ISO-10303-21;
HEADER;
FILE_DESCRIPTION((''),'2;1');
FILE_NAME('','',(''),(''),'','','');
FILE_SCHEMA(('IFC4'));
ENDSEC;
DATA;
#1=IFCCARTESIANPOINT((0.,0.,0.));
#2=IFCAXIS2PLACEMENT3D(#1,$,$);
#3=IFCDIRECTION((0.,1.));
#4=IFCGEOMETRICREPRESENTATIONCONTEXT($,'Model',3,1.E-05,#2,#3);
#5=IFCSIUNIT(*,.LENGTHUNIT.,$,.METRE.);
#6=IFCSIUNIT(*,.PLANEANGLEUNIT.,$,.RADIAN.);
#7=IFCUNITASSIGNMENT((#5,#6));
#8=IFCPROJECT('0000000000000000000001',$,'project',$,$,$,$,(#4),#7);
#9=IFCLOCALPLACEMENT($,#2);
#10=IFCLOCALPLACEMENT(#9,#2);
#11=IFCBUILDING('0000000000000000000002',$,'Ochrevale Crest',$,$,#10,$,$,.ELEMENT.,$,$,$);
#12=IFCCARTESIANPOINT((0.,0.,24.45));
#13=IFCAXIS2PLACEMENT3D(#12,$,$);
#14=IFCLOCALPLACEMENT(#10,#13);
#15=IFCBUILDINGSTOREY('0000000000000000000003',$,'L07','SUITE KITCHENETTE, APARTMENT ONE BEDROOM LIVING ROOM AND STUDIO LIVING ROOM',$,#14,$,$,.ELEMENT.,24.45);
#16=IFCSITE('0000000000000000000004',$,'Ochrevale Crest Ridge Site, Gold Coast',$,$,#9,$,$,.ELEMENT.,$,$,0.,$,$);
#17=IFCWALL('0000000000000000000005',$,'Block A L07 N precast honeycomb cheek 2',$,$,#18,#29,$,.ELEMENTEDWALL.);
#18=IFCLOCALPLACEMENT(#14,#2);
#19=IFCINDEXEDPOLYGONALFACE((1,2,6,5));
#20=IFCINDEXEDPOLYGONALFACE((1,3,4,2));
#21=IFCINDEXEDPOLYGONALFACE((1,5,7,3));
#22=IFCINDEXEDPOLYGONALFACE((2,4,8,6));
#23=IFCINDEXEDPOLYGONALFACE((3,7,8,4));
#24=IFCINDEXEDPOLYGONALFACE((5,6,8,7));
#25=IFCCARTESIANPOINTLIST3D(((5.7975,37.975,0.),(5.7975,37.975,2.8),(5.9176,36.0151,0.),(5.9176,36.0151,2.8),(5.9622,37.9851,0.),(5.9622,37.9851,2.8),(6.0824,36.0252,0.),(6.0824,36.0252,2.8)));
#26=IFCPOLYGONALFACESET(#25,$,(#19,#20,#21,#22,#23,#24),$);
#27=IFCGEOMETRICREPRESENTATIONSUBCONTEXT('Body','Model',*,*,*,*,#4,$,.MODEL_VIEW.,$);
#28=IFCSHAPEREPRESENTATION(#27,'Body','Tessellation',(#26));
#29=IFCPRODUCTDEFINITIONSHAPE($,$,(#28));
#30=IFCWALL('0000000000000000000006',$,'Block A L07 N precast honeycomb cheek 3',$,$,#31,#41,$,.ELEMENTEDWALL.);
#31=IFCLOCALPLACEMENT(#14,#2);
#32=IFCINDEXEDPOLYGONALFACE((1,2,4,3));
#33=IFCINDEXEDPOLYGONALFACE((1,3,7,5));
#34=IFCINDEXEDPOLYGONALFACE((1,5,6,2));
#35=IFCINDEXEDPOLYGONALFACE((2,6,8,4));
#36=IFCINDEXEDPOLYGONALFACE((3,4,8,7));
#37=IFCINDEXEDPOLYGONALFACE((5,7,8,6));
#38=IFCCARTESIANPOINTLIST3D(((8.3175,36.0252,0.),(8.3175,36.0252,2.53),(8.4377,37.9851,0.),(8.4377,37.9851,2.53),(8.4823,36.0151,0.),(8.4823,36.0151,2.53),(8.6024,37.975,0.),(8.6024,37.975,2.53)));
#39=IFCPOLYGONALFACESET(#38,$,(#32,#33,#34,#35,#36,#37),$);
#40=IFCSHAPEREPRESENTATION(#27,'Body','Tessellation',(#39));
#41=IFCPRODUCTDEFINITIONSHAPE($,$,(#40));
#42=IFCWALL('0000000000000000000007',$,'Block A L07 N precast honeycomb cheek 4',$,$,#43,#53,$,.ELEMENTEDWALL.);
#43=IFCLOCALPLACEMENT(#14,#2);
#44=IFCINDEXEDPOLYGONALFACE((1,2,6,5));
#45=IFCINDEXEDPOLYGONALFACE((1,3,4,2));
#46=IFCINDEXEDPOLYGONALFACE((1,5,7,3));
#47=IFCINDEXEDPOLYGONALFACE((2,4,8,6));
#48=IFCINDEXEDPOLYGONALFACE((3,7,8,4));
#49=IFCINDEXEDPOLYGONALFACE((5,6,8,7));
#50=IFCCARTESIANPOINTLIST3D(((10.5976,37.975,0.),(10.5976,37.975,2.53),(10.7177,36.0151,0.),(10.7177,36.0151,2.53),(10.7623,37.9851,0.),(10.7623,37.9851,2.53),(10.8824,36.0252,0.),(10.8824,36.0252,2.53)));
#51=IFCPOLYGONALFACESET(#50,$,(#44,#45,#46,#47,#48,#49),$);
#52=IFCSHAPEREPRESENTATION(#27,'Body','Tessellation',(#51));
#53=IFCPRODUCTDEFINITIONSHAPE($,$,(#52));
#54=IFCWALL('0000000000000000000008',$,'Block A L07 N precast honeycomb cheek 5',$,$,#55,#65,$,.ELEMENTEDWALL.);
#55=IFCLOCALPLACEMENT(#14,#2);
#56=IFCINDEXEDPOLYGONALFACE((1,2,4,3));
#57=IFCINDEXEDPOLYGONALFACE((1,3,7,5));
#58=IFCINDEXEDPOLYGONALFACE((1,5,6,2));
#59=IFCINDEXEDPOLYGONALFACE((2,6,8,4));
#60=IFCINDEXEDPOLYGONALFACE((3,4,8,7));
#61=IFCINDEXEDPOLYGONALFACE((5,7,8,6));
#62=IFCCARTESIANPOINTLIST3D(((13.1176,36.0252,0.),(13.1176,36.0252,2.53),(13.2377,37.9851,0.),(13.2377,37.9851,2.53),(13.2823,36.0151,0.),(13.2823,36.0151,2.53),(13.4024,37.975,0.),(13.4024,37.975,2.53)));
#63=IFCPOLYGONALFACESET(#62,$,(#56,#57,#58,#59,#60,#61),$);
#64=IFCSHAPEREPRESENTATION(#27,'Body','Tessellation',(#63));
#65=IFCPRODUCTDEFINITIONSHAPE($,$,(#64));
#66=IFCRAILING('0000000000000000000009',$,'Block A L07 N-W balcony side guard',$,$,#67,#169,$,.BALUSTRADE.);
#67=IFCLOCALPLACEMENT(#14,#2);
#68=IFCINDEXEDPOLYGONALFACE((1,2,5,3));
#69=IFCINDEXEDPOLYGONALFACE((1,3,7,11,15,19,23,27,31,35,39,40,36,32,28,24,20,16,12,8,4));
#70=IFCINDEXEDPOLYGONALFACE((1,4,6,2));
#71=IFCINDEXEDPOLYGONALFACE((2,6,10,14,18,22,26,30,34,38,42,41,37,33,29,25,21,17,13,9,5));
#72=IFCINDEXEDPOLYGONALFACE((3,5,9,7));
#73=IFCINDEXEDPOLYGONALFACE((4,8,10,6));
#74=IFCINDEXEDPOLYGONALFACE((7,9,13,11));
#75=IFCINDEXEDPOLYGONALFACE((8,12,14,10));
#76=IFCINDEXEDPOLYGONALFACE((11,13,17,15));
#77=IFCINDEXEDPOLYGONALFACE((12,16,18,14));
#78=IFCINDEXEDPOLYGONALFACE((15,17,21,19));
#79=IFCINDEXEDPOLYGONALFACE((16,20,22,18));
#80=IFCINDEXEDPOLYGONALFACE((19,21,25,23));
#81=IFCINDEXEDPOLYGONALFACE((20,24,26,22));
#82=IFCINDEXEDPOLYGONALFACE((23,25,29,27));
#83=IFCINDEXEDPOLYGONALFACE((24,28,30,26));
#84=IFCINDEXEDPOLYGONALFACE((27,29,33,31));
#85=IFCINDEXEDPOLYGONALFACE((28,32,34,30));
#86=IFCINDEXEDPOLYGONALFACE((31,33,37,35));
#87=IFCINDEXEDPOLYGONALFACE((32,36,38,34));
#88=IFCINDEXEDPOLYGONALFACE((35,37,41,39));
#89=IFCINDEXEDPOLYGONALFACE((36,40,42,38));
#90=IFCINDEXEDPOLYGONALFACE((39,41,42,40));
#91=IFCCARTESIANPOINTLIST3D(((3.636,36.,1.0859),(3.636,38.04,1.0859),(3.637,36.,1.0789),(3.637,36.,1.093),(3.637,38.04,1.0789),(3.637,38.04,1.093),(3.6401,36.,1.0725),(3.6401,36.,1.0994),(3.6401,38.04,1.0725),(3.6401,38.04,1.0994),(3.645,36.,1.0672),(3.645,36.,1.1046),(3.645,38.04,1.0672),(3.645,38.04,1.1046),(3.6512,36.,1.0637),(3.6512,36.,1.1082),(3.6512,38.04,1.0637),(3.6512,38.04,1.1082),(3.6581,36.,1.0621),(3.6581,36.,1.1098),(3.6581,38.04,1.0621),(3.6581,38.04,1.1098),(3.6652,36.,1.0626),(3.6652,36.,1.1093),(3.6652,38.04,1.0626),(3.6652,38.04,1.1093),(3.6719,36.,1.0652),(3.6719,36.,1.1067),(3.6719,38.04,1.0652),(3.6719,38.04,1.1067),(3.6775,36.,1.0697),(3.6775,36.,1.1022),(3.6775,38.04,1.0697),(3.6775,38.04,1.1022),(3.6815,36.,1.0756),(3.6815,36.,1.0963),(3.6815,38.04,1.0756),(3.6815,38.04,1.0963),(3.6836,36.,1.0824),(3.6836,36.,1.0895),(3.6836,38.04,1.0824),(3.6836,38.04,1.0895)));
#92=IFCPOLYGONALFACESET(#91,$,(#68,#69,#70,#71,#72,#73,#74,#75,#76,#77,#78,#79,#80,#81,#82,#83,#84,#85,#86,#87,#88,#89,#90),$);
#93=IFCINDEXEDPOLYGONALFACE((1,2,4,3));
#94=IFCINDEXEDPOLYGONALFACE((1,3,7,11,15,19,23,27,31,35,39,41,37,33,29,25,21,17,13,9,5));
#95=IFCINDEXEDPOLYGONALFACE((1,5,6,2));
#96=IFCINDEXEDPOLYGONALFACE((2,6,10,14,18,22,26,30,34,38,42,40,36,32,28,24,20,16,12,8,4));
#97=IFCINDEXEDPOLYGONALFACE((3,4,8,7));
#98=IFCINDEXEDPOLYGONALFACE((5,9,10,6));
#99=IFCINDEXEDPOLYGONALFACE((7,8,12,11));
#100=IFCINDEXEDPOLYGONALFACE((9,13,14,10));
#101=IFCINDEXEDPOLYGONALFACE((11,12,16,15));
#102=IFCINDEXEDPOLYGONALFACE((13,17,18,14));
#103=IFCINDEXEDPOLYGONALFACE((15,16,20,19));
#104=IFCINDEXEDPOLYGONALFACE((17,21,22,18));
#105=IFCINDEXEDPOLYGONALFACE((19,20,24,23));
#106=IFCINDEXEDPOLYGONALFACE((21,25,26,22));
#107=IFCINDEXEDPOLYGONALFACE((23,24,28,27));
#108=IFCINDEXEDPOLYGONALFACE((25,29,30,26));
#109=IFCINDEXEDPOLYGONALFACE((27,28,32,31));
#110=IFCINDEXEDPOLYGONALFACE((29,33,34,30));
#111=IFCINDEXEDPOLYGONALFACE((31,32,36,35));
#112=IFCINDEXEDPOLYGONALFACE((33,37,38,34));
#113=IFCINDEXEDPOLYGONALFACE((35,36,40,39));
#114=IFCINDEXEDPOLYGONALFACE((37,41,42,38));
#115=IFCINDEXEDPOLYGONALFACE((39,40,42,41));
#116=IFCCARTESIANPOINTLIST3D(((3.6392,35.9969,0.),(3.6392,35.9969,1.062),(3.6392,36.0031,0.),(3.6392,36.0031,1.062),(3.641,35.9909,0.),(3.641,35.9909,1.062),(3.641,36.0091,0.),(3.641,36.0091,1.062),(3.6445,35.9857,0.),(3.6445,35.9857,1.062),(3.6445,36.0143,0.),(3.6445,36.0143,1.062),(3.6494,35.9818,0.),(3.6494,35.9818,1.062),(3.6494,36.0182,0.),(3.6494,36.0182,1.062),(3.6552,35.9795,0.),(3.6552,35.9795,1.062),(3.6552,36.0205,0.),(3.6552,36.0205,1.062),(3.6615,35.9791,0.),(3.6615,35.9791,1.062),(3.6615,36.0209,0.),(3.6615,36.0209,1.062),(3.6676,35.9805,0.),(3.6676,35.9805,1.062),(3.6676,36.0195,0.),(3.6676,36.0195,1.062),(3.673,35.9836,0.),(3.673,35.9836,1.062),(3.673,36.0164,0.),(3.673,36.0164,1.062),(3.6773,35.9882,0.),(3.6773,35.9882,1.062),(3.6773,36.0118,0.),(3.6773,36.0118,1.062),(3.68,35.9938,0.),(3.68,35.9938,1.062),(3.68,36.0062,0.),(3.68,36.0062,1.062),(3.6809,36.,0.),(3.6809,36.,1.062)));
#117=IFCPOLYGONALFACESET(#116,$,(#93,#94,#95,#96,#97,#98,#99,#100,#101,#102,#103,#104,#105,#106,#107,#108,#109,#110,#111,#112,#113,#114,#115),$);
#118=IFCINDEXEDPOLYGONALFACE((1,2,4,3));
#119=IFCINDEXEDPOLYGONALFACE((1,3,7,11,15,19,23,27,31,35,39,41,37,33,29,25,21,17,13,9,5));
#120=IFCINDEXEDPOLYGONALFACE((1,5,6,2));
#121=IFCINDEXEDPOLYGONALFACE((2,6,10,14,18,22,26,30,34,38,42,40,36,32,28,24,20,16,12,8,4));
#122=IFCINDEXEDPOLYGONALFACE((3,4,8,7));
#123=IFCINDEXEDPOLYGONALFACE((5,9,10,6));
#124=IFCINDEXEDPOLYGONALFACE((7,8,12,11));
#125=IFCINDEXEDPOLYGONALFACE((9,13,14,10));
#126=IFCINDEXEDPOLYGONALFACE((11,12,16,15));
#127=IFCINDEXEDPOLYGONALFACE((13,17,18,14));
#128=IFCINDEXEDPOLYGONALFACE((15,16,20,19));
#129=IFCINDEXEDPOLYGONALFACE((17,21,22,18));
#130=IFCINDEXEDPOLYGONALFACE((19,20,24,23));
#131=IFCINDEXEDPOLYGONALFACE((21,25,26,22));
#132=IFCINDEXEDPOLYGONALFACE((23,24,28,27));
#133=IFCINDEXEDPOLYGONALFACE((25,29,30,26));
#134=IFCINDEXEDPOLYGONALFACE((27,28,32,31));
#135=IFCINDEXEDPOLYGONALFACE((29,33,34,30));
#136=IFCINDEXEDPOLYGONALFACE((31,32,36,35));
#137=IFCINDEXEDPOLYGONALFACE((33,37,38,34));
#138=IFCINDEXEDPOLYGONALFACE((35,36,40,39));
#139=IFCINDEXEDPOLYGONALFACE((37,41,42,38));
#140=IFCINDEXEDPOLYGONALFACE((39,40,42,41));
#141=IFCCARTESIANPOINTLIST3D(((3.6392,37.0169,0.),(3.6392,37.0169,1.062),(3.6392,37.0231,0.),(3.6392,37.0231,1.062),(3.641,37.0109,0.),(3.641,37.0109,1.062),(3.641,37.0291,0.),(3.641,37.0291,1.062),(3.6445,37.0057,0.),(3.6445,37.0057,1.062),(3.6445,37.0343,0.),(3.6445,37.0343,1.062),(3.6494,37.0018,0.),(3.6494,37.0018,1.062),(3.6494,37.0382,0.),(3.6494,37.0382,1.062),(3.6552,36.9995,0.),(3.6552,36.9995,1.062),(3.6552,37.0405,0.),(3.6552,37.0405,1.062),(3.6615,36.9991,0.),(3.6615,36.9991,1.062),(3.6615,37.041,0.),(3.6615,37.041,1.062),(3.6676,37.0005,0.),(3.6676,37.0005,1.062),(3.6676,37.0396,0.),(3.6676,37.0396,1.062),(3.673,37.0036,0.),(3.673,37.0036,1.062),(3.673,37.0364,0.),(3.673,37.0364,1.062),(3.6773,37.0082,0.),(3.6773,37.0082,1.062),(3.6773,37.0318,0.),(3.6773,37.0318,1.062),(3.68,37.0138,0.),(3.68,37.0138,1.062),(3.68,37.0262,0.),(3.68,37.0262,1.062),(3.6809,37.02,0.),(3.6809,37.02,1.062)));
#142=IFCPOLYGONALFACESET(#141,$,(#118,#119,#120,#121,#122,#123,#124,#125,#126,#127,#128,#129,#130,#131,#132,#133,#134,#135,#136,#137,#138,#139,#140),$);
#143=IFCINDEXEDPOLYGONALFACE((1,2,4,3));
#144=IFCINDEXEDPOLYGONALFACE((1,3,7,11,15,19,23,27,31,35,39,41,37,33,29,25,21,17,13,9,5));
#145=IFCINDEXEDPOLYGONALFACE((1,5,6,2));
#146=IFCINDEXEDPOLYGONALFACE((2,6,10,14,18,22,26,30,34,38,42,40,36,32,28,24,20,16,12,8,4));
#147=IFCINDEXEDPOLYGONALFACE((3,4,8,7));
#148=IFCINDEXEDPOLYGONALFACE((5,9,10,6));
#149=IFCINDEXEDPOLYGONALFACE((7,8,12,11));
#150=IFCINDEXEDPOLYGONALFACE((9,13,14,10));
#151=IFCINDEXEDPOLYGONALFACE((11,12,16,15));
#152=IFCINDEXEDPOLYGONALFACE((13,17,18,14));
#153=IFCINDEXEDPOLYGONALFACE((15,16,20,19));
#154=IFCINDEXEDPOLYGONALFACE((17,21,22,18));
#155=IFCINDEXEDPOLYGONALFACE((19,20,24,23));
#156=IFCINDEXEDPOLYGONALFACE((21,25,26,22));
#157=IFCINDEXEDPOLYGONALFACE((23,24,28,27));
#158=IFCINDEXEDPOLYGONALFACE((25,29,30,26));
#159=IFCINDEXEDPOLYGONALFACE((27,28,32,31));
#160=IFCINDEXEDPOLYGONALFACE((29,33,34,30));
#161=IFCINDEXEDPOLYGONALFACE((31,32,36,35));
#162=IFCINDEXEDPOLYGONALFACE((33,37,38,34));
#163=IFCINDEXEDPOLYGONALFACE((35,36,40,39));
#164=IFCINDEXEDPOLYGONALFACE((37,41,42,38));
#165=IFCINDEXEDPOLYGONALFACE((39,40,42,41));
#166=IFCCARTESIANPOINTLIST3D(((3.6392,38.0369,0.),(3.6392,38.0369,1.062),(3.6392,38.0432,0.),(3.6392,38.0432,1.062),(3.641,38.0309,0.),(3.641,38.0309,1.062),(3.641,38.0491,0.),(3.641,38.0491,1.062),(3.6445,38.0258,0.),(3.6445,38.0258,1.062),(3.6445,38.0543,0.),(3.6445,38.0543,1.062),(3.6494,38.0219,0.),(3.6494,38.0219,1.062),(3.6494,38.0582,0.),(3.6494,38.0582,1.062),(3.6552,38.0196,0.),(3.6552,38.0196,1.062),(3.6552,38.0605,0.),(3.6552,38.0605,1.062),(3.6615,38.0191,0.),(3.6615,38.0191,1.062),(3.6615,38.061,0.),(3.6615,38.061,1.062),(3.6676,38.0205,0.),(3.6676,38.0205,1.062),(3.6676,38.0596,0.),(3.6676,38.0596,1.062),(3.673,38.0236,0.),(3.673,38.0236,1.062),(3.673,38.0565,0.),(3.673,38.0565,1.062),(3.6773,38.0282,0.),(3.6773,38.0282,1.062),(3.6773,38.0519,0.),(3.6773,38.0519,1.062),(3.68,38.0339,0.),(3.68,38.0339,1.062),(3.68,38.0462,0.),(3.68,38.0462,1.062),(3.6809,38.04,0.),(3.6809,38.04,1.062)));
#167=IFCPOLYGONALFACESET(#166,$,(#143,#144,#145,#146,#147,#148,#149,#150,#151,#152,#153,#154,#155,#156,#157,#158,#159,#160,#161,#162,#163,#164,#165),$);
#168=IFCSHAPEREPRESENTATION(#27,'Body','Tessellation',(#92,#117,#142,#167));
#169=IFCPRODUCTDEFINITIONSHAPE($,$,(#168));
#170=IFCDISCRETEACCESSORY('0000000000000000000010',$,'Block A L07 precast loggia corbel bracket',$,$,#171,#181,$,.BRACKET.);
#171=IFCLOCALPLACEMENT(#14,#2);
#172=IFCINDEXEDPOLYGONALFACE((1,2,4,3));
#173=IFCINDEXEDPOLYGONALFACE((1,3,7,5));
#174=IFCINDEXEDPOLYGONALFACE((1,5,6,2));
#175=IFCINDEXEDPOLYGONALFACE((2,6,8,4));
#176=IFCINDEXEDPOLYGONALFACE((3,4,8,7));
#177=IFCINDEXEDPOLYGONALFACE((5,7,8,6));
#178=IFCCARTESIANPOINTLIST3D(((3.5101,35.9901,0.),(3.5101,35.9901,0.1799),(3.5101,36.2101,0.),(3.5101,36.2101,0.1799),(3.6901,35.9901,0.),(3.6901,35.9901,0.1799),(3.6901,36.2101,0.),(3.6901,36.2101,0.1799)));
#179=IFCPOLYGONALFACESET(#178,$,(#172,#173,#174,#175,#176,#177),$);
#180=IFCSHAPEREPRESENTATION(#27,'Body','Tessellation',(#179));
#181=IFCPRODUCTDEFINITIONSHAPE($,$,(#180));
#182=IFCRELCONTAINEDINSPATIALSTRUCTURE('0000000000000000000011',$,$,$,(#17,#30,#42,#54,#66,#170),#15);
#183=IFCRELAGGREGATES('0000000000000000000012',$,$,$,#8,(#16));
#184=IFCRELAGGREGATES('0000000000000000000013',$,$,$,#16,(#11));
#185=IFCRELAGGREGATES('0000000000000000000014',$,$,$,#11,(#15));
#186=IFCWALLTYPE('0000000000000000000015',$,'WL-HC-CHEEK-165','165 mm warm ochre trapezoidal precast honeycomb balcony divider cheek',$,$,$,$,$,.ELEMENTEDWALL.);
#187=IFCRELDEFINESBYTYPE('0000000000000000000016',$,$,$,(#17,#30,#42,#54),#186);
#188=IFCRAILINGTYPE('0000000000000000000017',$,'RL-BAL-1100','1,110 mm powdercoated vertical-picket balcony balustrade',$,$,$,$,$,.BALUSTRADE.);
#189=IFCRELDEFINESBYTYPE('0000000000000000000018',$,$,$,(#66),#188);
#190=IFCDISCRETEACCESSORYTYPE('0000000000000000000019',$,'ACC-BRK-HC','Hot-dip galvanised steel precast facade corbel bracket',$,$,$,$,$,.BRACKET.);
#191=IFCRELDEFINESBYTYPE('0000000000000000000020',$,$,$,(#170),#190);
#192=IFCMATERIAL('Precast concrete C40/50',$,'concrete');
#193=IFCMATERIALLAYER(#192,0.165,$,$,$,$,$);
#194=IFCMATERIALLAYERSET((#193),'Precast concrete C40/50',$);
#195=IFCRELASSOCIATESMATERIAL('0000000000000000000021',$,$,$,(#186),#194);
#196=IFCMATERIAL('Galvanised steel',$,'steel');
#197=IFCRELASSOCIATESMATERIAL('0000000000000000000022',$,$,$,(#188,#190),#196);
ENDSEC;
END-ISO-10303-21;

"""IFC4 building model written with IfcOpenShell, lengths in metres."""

from ifc_helpers import new_model, si_unit, direction, frame, frame_2d, origin, origin_2d, place, context, subcontext, project, spatial, rectangle, circle, extrude, material, layer, layer_set, type_object, element, save


model = new_model("IFC4")

# Units and contexts
model_context = context("Model", 3, precision=1e-05, world=origin(), true_north=direction((0.0, 1.0)))
body_context = subcontext(model_context, "Body", "Model", "MODEL_VIEW")
ifc_project = project(units=[si_unit("LENGTHUNIT", "METRE"), si_unit("PLANEANGLEUNIT", "RADIAN")], contexts=[model_context])

# Site, building, storey
site_placement = place(None, origin())
site = spatial("IfcSite", under=ifc_project, at=site_placement, Name="Ochrevale Crest Ridge Site, Gold Coast", CompositionType="ELEMENT", RefElevation=0.0)
building_placement = place(site_placement, origin())
building = spatial("IfcBuilding", under=site, at=building_placement, Name="Ochrevale Crest", CompositionType="ELEMENT")
storey_placement = place(building_placement, frame((0.0, 0.0, 24.45)))
storey = spatial("IfcBuildingStorey", under=building, at=storey_placement, Name="L07", Description="SUITE KITCHENETTE, APARTMENT ONE BEDROOM LIVING ROOM AND STUDIO LIVING ROOM", CompositionType="ELEMENT", Elevation=24.45)

# Shared definitions
ifc_material_1 = material(Name="Precast concrete C40/50", Category="concrete")

# Walls
ifc_layer_1 = layer(ifc_material_1, 0.165)
ifc_layer_set_1 = layer_set([ifc_layer_1], Name="Precast concrete C40/50")
wall_type = type_object("IfcWallType", Name="WL-HC-CHEEK-165", Description="165 mm warm ochre trapezoidal precast honeycomb balcony divider cheek", PredefinedType="ELEMENTEDWALL", material=ifc_layer_set_1)
wall_1_placement = place(storey_placement, frame((6.0, 36.02, 0.0), z_axis=(0.0, 0.0, 1.0), x_axis=(-0.061171, 0.998127, 0.0)))
element("IfcWall", 1, at=wall_1_placement, inside=storey, type_object=wall_type, Name="Block A L07 N precast honeycomb cheek 2", PredefinedType="ELEMENTEDWALL", context=body_context, shape_type="SweptSolid", body=[
    extrude(rectangle(XDim=1.9636, YDim=0.165, at=frame_2d((0.9819, 0.0))), origin(), (0.0, 0.0, 1.0), 2.8),
])
for number, where, z_axis, x_axis, name in (
    (2, (8.3999, 36.02, 0.0), (0.0, 0.0, 1.0), (0.061171, 0.998127, 0.0), "Block A L07 N precast honeycomb cheek 3"),
    (3, (10.8, 36.02, 0.0), (0.0, 0.0, 1.0), (-0.061171, 0.998127, 0.0), "Block A L07 N precast honeycomb cheek 4"),
    (4, (13.2, 36.02, 0.0), (0.0, 0.0, 1.0), (0.061171, 0.998127, 0.0), "Block A L07 N precast honeycomb cheek 5"),
):
    element("IfcWall", number, at=place(storey_placement, frame(where, z_axis=z_axis, x_axis=x_axis)), inside=storey, type_object=wall_type, Name=name, PredefinedType="ELEMENTEDWALL", context=body_context, shape_type="SweptSolid", body=[
        extrude(rectangle(XDim=1.9636, YDim=0.165, at=frame_2d((0.9819, 0.0))), origin(), (0.0, 0.0, 1.0), 2.53),
    ])

# Railing
ifc_material_2 = material(Name="Galvanised steel", Category="steel")
railing_type = type_object("IfcRailingType", Name="RL-BAL-1100", Description="1,110 mm powdercoated vertical-picket balcony balustrade", PredefinedType="BALUSTRADE", material=ifc_material_2)
railing_placement = place(storey_placement, frame((3.6599, 36.0, 0.0)))
element("IfcRailing", 5, at=railing_placement, inside=storey, type_object=railing_type, Name="Block A L07 N-W balcony side guard", PredefinedType="BALUSTRADE", context=body_context, shape_type="SweptSolid", body=[
    extrude(circle(Radius=0.0239, at=origin_2d()), frame((0.0, 0.0, 1.0859), z_axis=(0.0, 1.0, 0.0), x_axis=(-1.0, 0.0, 0.0)), (0.0, 0.0, 1.0), 2.04),
    extrude(circle(Radius=0.021, at=origin_2d()), origin(), (0.0, 0.0, 1.0), 1.062),
    extrude(circle(Radius=0.021, at=origin_2d()), frame((0.0, 1.02, 0.0)), (0.0, 0.0, 1.0), 1.062),
    extrude(circle(Radius=0.021, at=origin_2d()), frame((0.0, 2.04, 0.0)), (0.0, 0.0, 1.0), 1.062),
])

# Discrete accessory
discrete_accessory_type = type_object("IfcDiscreteAccessoryType", Name="ACC-BRK-HC", Description="Hot-dip galvanised steel precast facade corbel bracket", PredefinedType="BRACKET", material=ifc_material_2)
discrete_accessory_placement = place(storey_placement, frame((3.6001, 36.1001, 0.0), z_axis=(0.0, 0.0, 1.0), x_axis=(1.0, 0.0, 0.0)))
element("IfcDiscreteAccessory", 6, at=discrete_accessory_placement, inside=storey, type_object=discrete_accessory_type, Name="Block A L07 precast loggia corbel bracket", PredefinedType="BRACKET", context=body_context, shape_type="SweptSolid", body=[
    extrude(rectangle(XDim=0.1799, YDim=0.22, at=origin_2d()), origin(), (0.0, 0.0, 1.0), 0.1799),
])

save(model, "model.ifc")
